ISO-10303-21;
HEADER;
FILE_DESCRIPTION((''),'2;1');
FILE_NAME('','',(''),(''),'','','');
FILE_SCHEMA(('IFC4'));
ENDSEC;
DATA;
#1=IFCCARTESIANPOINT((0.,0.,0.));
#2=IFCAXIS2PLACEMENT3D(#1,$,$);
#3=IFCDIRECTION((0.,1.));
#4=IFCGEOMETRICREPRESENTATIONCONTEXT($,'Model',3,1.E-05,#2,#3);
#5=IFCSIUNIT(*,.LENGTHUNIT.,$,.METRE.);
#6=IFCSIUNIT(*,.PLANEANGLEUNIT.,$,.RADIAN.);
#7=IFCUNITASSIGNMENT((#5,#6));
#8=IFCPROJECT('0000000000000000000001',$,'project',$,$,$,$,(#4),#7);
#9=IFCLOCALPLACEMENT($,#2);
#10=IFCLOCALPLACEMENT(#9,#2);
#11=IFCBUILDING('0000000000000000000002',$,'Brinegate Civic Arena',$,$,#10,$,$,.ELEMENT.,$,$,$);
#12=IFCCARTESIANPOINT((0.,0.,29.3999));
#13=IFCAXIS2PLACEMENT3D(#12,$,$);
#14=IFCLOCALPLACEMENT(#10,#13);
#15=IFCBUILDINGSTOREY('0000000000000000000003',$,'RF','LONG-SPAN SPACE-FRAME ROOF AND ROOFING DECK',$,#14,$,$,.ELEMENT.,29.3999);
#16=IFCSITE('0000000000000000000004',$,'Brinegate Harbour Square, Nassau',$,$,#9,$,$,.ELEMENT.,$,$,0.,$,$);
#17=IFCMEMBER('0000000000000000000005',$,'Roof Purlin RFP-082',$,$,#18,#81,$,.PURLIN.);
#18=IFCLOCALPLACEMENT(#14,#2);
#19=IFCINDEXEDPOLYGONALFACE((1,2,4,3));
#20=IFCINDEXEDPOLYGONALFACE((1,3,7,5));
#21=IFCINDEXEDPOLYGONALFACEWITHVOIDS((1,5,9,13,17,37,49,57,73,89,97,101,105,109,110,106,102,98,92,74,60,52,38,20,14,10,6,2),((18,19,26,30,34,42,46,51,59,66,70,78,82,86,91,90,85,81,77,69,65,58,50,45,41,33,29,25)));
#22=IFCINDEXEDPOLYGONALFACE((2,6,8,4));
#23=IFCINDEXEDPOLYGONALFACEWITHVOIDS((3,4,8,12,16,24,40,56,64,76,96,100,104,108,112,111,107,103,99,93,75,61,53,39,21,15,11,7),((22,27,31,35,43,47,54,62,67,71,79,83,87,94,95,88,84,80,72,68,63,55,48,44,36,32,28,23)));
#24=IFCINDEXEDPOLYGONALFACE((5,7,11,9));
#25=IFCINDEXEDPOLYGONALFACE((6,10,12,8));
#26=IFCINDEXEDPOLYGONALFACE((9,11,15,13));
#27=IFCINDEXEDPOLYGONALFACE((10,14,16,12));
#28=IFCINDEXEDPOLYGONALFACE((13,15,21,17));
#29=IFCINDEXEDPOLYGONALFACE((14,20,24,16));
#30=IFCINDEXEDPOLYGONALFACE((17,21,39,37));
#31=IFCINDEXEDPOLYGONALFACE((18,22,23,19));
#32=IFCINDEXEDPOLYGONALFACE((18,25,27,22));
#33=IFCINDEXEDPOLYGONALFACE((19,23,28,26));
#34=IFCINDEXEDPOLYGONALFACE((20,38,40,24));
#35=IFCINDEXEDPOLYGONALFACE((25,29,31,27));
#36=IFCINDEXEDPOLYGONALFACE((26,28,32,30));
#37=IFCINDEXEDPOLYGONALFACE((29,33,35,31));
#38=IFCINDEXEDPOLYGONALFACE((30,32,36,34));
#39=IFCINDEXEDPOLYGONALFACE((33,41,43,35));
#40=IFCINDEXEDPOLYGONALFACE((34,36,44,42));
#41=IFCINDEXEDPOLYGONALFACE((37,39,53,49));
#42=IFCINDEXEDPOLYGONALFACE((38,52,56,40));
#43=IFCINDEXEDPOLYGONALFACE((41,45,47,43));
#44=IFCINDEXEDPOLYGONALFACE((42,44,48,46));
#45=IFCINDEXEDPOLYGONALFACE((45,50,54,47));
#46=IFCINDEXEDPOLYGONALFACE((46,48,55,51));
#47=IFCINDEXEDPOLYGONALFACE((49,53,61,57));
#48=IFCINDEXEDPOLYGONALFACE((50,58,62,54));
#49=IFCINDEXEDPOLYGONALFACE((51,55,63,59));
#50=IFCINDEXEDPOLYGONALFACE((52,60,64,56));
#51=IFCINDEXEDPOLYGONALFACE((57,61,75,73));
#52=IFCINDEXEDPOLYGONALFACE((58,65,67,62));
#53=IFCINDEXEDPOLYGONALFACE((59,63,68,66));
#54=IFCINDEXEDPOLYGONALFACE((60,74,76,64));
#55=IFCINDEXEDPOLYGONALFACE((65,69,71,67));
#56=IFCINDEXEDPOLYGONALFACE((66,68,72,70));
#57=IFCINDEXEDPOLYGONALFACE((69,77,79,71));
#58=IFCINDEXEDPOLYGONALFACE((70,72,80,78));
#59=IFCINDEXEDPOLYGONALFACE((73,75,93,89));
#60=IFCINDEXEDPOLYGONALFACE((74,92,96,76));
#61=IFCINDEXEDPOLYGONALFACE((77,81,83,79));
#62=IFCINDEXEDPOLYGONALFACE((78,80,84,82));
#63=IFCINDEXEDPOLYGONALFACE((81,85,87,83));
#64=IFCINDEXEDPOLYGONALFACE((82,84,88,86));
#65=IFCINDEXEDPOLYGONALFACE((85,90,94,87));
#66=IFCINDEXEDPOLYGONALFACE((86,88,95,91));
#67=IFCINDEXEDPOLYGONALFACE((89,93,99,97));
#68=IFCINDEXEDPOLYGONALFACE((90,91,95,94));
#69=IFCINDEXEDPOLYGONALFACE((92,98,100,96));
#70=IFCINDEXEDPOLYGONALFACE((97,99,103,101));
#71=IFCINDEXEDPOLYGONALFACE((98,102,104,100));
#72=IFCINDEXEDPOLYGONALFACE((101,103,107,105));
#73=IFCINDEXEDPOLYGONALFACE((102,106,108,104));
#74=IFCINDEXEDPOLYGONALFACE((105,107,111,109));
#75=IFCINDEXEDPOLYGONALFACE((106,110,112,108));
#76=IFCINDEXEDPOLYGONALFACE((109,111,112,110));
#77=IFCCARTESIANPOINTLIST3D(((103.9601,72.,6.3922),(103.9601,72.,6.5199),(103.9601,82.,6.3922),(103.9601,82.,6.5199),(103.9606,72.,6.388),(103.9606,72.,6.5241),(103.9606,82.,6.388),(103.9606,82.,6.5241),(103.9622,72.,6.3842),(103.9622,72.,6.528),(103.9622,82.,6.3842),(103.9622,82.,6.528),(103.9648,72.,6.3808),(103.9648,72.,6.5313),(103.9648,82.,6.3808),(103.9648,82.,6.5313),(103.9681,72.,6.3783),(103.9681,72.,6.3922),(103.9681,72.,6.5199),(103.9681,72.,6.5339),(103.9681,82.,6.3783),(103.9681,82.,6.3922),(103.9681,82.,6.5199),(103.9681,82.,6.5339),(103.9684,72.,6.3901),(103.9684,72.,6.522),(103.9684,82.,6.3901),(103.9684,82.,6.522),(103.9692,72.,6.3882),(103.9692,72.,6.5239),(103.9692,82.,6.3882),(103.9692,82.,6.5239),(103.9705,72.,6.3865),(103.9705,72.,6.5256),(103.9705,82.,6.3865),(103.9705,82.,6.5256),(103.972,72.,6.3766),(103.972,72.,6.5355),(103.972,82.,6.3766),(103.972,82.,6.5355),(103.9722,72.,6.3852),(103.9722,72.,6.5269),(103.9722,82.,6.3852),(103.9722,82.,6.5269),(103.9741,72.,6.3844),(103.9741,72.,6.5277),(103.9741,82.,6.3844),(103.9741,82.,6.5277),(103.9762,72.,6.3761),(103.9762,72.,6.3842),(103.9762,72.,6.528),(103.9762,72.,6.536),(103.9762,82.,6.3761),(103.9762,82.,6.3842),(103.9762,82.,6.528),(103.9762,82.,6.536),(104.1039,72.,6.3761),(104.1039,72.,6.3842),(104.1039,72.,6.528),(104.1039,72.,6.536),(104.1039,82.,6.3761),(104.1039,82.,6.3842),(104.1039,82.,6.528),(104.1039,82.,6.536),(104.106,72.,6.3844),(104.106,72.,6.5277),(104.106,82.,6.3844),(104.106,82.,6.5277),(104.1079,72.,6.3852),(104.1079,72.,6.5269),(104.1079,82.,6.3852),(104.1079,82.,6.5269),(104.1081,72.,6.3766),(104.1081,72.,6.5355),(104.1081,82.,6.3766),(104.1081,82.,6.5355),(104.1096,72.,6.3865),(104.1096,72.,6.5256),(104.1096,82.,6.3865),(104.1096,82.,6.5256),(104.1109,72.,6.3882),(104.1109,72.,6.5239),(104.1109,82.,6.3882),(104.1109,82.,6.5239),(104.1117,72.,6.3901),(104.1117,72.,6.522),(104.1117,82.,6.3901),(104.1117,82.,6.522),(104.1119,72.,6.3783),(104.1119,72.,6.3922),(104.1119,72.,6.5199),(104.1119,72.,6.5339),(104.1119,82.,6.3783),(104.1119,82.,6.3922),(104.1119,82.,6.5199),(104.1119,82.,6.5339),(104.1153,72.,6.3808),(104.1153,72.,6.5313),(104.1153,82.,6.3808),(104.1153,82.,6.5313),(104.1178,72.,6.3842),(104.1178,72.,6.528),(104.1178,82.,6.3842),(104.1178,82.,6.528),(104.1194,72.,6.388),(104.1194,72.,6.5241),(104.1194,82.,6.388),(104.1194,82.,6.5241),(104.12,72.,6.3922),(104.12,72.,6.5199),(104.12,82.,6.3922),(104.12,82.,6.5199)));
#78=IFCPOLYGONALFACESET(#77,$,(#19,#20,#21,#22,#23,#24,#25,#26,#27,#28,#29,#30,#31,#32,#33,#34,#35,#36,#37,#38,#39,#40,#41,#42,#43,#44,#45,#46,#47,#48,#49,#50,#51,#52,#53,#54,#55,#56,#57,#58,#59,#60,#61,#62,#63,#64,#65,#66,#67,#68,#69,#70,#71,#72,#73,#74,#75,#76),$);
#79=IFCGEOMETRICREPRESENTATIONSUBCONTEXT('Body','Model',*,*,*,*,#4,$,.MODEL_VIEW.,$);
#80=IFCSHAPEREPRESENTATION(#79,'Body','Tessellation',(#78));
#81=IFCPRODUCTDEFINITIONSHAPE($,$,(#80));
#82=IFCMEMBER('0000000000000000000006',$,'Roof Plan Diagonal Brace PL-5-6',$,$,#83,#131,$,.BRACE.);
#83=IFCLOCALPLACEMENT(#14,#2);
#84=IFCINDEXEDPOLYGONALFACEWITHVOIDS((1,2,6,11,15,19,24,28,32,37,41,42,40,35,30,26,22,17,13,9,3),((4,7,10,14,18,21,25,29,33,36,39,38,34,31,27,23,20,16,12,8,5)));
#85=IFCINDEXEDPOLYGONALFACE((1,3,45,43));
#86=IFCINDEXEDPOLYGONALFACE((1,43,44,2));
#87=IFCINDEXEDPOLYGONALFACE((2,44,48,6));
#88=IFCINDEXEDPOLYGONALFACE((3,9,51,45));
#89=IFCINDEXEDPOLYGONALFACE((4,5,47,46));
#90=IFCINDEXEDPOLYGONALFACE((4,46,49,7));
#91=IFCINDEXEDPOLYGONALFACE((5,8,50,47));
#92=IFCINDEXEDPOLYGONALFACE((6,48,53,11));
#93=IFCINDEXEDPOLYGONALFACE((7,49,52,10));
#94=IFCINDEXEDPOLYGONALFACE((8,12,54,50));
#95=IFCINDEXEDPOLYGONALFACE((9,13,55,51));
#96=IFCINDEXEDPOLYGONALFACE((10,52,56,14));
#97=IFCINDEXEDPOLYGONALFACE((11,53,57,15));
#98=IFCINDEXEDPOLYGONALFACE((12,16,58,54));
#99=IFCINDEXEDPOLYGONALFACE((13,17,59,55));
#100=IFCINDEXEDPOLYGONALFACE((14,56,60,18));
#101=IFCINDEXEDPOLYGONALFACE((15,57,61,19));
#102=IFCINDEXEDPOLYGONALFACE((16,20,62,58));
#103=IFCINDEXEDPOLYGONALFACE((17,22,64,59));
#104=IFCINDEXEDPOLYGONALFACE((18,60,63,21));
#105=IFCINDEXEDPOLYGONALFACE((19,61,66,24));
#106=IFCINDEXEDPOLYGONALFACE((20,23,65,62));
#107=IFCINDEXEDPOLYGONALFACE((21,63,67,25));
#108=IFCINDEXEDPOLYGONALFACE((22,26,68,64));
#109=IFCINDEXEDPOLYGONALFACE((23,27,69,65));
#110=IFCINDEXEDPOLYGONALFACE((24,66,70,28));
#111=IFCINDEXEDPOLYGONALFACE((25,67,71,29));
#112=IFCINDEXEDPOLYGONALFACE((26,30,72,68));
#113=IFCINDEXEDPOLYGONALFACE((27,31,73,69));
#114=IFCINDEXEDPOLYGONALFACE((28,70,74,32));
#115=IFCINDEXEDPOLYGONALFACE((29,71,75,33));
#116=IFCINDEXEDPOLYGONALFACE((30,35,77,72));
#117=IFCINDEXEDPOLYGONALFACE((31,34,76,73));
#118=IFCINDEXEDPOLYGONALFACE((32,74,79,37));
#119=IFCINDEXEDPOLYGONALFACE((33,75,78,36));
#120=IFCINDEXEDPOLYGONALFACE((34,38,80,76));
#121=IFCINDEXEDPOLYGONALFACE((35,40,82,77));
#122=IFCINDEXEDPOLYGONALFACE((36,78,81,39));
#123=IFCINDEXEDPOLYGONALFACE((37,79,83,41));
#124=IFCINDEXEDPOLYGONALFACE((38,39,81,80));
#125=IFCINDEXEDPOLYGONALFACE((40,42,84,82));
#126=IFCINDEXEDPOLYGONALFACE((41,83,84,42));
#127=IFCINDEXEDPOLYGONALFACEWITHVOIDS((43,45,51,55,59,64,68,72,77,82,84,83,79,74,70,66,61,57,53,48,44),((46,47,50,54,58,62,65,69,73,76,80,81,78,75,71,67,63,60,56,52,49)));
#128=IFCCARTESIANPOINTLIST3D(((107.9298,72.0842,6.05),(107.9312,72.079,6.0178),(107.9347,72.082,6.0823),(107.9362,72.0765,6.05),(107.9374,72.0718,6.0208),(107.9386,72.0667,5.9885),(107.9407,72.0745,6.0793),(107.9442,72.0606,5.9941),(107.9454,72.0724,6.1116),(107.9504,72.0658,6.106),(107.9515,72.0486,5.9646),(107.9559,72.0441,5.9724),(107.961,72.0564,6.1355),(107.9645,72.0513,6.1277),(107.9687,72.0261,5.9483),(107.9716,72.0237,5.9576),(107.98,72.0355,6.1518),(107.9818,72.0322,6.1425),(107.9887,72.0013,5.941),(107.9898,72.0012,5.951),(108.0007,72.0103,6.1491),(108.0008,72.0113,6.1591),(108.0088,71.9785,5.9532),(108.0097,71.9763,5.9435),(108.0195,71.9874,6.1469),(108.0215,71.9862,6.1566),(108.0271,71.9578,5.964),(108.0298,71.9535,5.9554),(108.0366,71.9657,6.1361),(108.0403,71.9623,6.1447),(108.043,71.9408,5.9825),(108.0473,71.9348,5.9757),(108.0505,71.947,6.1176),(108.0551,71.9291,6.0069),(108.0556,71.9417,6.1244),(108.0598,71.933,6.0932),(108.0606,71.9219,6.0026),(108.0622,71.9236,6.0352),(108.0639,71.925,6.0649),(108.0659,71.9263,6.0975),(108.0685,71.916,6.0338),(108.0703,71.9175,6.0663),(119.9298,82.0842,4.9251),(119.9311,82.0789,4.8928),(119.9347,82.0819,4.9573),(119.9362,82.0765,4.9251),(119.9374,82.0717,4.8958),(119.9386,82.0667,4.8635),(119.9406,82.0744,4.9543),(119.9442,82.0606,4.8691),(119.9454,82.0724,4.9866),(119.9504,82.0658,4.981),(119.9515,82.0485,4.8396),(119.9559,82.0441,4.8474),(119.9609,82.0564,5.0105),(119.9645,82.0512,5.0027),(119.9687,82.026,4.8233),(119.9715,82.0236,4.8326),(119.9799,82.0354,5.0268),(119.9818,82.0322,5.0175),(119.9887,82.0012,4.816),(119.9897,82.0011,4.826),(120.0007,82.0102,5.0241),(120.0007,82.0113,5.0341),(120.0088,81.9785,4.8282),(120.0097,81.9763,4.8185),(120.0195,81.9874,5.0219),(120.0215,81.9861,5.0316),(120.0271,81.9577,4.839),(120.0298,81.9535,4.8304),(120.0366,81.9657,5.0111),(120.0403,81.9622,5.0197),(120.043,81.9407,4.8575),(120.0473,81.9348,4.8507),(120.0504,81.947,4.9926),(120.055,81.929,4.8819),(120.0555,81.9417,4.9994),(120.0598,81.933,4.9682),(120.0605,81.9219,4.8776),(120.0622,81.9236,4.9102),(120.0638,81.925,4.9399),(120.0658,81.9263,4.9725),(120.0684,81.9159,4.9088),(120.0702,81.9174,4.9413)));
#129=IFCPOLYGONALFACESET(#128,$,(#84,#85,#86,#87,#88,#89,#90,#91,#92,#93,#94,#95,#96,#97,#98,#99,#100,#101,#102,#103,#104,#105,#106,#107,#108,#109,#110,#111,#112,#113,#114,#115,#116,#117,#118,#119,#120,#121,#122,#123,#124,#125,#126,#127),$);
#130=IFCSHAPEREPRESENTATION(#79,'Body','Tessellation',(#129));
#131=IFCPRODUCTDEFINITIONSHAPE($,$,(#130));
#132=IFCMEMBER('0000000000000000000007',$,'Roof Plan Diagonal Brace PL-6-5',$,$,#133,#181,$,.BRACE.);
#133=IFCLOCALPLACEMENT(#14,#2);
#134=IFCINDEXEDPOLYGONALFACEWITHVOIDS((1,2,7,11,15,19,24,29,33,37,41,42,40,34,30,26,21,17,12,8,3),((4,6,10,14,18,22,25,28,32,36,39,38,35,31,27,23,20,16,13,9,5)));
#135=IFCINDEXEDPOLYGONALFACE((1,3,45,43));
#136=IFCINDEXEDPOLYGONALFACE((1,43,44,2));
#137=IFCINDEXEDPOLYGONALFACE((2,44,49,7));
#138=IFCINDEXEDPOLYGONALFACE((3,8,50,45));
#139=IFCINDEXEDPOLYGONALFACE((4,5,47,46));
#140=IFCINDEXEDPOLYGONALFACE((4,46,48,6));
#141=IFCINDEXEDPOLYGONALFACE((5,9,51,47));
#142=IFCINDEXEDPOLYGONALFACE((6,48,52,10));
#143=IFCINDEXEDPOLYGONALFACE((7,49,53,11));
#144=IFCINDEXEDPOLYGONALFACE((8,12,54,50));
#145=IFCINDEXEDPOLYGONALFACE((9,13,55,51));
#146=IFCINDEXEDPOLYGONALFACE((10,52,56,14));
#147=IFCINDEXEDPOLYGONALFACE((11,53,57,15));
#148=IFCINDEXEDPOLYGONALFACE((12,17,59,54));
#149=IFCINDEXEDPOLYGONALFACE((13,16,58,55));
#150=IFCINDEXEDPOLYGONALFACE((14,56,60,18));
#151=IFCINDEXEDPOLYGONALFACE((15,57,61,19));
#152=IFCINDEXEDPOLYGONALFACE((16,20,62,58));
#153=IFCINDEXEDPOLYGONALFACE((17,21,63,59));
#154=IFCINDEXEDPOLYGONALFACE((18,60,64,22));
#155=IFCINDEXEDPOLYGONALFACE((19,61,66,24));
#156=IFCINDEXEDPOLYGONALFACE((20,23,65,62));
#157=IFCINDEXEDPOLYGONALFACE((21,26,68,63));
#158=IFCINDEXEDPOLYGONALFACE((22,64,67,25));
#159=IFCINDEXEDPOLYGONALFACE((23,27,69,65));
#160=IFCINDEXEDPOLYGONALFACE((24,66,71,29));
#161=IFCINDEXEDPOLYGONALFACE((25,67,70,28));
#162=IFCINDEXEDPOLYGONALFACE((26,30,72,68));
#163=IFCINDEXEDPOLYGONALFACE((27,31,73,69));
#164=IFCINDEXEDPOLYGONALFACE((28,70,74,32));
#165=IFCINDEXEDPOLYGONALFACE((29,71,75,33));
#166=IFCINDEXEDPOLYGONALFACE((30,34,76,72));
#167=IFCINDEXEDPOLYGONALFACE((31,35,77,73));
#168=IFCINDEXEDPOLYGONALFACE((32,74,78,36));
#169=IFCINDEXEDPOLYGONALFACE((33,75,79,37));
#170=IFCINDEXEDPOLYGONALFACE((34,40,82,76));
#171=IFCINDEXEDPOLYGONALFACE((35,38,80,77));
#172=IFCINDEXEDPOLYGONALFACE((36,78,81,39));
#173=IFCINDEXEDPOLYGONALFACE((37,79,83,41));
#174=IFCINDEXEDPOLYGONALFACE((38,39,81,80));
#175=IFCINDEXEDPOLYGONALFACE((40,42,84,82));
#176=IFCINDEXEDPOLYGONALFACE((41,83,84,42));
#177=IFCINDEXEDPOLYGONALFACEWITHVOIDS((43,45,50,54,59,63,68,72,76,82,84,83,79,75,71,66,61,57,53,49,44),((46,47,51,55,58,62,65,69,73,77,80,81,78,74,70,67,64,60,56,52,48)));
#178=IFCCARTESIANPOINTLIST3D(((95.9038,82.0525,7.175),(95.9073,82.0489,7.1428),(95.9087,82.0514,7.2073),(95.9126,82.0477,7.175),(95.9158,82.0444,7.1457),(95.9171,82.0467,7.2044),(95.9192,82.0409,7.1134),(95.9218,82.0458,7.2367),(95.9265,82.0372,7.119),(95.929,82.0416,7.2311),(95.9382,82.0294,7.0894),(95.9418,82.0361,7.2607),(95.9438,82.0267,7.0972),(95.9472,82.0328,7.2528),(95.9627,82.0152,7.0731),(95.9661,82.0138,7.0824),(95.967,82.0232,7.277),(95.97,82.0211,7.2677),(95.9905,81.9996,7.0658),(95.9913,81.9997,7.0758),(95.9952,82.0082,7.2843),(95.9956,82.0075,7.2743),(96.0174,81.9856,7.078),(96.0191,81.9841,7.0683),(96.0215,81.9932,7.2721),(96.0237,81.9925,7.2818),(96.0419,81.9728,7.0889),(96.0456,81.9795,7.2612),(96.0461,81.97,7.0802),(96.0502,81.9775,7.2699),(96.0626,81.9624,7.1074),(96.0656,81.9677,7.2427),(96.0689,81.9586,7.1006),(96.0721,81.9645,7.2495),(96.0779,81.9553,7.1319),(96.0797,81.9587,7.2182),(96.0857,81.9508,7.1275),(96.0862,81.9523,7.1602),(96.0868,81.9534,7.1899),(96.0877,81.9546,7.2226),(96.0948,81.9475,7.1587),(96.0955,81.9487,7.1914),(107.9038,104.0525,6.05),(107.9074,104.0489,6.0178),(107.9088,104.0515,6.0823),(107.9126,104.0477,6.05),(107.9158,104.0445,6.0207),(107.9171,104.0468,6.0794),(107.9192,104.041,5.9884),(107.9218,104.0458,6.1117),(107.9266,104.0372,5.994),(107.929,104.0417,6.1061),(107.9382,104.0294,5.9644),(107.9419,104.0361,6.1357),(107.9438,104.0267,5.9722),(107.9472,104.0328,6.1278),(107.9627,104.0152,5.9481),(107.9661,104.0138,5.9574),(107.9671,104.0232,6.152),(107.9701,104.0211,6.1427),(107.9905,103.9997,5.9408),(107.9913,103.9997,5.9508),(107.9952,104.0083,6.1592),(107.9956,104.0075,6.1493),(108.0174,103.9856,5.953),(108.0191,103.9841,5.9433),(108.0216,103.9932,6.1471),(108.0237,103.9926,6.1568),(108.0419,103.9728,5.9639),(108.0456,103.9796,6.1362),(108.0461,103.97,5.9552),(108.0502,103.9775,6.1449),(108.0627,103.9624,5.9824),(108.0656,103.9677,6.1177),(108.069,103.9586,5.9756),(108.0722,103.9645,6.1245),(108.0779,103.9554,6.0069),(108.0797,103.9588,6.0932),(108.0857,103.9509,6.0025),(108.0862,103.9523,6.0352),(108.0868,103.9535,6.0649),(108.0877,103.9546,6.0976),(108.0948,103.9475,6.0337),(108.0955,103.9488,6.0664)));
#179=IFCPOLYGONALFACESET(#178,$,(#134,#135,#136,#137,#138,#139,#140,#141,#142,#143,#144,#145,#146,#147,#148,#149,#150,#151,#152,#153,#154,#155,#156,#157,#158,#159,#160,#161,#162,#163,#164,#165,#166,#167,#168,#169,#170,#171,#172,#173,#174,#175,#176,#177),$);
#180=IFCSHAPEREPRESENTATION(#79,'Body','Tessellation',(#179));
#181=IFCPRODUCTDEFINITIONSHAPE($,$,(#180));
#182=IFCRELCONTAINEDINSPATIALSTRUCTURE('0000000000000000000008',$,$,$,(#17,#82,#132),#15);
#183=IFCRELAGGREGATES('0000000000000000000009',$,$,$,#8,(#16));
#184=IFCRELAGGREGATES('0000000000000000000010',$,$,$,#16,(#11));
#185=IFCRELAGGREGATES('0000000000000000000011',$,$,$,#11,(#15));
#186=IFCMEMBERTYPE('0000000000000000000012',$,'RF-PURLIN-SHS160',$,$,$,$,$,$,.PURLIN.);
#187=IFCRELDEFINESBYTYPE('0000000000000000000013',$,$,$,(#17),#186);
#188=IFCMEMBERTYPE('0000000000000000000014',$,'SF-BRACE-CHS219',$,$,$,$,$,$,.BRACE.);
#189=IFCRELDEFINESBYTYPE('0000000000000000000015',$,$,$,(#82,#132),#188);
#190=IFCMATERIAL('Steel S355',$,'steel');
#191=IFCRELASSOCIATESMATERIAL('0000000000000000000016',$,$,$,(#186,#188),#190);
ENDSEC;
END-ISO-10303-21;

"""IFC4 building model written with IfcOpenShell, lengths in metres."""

from ifc_helpers import new_model, si_unit, direction, frame, origin, origin_2d, place, context, subcontext, project, spatial, hollow_rectangle, hollow_circle, extrude, material, material_profile, profile_set, type_object, element, save


model = new_model("IFC4")

# Units and contexts
model_context = context("Model", 3, precision=1e-05, world=origin(), true_north=direction((0.0, 1.0)))
body_context = subcontext(model_context, "Body", "Model", "MODEL_VIEW")
ifc_project = project(units=[si_unit("LENGTHUNIT", "METRE"), si_unit("PLANEANGLEUNIT", "RADIAN")], contexts=[model_context])

# Site, building, storey
site_placement = place(None, origin())
site = spatial("IfcSite", under=ifc_project, at=site_placement, Name="Brinegate Harbour Square, Nassau", CompositionType="ELEMENT", RefElevation=0.0)
building_placement = place(site_placement, origin())
building = spatial("IfcBuilding", under=site, at=building_placement, Name="Brinegate Civic Arena", CompositionType="ELEMENT")
storey_placement = place(building_placement, frame((0.0, 0.0, 29.3999)))
storey = spatial("IfcBuildingStorey", under=building, at=storey_placement, Name="RF", Description="LONG-SPAN SPACE-FRAME ROOF AND ROOFING DECK", CompositionType="ELEMENT", Elevation=29.3999)

# Members
ifc_material = material(Name="Steel S355", Category="steel")
ifc_material_profile_1 = material_profile(ifc_material, hollow_rectangle(XDim=0.1599, YDim=0.1599, WallThickness=0.0081, InnerFilletRadius=0.0081, OuterFilletRadius=0.0161, at=origin_2d()), Name="SHS160X8")
ifc_profile_set_1 = profile_set([ifc_material_profile_1], Name="Steel S355")
member_type_1 = type_object("IfcMemberType", Name="RF-PURLIN-SHS160", PredefinedType="PURLIN", material=ifc_profile_set_1)
for number, where, z_axis, x_axis, name in (
    (1, (104.04, 72.0, 6.4561), (0.0, 1.0, 0.0), (-1.0, 0.0, 0.0), "Roof Purlin RFP-082"),
):
    element("IfcMember", number, at=place(storey_placement, frame(where, z_axis=z_axis, x_axis=x_axis)), inside=storey, type_object=member_type_1, Name=name, PredefinedType="PURLIN", context=body_context, shape_type="SweptSolid", body=[
        extrude(hollow_rectangle(XDim=0.1599, YDim=0.1599, WallThickness=0.0081, InnerFilletRadius=0.0081, OuterFilletRadius=0.0161, at=origin_2d()), origin(), (0.0, 0.0, 1.0), 10.0),
    ])
ifc_material_profile_2 = material_profile(ifc_material, hollow_circle(Radius=0.1096, WallThickness=0.01, at=origin_2d()), Name="CHS219X10")
ifc_profile_set_2 = profile_set([ifc_material_profile_2], Name="Steel S355")
member_type_2 = type_object("IfcMemberType", Name="SF-BRACE-CHS219", PredefinedType="BRACE", material=ifc_profile_set_2)
member_1_placement = place(storey_placement, frame((108.0, 72.0, 6.05), z_axis=(0.766237, 0.638531, -0.071835), x_axis=(-0.640184, 0.768221, 0.0)))
element("IfcMember", 2, at=member_1_placement, inside=storey, type_object=member_type_2, Name="Roof Plan Diagonal Brace PL-5-6", PredefinedType="BRACE", context=body_context, shape_type="SweptSolid", body=[
    extrude(hollow_circle(Radius=0.1096, WallThickness=0.01, at=origin_2d()), origin(), (0.0, 0.0, 1.0), 15.6609),
])
member_2_placement = place(storey_placement, frame((96.0, 82.0, 7.175), z_axis=(0.47837, 0.877012, -0.044847), x_axis=(-0.877896, 0.478852, 0.0)))
element("IfcMember", 3, at=member_2_placement, inside=storey, type_object=member_type_2, Name="Roof Plan Diagonal Brace PL-6-5", PredefinedType="BRACE", context=body_context, shape_type="SweptSolid", body=[
    extrude(hollow_circle(Radius=0.1096, WallThickness=0.01, at=origin_2d()), origin(), (0.0, 0.0, 1.0), 25.0852),
])

save(model, "model.ifc")
